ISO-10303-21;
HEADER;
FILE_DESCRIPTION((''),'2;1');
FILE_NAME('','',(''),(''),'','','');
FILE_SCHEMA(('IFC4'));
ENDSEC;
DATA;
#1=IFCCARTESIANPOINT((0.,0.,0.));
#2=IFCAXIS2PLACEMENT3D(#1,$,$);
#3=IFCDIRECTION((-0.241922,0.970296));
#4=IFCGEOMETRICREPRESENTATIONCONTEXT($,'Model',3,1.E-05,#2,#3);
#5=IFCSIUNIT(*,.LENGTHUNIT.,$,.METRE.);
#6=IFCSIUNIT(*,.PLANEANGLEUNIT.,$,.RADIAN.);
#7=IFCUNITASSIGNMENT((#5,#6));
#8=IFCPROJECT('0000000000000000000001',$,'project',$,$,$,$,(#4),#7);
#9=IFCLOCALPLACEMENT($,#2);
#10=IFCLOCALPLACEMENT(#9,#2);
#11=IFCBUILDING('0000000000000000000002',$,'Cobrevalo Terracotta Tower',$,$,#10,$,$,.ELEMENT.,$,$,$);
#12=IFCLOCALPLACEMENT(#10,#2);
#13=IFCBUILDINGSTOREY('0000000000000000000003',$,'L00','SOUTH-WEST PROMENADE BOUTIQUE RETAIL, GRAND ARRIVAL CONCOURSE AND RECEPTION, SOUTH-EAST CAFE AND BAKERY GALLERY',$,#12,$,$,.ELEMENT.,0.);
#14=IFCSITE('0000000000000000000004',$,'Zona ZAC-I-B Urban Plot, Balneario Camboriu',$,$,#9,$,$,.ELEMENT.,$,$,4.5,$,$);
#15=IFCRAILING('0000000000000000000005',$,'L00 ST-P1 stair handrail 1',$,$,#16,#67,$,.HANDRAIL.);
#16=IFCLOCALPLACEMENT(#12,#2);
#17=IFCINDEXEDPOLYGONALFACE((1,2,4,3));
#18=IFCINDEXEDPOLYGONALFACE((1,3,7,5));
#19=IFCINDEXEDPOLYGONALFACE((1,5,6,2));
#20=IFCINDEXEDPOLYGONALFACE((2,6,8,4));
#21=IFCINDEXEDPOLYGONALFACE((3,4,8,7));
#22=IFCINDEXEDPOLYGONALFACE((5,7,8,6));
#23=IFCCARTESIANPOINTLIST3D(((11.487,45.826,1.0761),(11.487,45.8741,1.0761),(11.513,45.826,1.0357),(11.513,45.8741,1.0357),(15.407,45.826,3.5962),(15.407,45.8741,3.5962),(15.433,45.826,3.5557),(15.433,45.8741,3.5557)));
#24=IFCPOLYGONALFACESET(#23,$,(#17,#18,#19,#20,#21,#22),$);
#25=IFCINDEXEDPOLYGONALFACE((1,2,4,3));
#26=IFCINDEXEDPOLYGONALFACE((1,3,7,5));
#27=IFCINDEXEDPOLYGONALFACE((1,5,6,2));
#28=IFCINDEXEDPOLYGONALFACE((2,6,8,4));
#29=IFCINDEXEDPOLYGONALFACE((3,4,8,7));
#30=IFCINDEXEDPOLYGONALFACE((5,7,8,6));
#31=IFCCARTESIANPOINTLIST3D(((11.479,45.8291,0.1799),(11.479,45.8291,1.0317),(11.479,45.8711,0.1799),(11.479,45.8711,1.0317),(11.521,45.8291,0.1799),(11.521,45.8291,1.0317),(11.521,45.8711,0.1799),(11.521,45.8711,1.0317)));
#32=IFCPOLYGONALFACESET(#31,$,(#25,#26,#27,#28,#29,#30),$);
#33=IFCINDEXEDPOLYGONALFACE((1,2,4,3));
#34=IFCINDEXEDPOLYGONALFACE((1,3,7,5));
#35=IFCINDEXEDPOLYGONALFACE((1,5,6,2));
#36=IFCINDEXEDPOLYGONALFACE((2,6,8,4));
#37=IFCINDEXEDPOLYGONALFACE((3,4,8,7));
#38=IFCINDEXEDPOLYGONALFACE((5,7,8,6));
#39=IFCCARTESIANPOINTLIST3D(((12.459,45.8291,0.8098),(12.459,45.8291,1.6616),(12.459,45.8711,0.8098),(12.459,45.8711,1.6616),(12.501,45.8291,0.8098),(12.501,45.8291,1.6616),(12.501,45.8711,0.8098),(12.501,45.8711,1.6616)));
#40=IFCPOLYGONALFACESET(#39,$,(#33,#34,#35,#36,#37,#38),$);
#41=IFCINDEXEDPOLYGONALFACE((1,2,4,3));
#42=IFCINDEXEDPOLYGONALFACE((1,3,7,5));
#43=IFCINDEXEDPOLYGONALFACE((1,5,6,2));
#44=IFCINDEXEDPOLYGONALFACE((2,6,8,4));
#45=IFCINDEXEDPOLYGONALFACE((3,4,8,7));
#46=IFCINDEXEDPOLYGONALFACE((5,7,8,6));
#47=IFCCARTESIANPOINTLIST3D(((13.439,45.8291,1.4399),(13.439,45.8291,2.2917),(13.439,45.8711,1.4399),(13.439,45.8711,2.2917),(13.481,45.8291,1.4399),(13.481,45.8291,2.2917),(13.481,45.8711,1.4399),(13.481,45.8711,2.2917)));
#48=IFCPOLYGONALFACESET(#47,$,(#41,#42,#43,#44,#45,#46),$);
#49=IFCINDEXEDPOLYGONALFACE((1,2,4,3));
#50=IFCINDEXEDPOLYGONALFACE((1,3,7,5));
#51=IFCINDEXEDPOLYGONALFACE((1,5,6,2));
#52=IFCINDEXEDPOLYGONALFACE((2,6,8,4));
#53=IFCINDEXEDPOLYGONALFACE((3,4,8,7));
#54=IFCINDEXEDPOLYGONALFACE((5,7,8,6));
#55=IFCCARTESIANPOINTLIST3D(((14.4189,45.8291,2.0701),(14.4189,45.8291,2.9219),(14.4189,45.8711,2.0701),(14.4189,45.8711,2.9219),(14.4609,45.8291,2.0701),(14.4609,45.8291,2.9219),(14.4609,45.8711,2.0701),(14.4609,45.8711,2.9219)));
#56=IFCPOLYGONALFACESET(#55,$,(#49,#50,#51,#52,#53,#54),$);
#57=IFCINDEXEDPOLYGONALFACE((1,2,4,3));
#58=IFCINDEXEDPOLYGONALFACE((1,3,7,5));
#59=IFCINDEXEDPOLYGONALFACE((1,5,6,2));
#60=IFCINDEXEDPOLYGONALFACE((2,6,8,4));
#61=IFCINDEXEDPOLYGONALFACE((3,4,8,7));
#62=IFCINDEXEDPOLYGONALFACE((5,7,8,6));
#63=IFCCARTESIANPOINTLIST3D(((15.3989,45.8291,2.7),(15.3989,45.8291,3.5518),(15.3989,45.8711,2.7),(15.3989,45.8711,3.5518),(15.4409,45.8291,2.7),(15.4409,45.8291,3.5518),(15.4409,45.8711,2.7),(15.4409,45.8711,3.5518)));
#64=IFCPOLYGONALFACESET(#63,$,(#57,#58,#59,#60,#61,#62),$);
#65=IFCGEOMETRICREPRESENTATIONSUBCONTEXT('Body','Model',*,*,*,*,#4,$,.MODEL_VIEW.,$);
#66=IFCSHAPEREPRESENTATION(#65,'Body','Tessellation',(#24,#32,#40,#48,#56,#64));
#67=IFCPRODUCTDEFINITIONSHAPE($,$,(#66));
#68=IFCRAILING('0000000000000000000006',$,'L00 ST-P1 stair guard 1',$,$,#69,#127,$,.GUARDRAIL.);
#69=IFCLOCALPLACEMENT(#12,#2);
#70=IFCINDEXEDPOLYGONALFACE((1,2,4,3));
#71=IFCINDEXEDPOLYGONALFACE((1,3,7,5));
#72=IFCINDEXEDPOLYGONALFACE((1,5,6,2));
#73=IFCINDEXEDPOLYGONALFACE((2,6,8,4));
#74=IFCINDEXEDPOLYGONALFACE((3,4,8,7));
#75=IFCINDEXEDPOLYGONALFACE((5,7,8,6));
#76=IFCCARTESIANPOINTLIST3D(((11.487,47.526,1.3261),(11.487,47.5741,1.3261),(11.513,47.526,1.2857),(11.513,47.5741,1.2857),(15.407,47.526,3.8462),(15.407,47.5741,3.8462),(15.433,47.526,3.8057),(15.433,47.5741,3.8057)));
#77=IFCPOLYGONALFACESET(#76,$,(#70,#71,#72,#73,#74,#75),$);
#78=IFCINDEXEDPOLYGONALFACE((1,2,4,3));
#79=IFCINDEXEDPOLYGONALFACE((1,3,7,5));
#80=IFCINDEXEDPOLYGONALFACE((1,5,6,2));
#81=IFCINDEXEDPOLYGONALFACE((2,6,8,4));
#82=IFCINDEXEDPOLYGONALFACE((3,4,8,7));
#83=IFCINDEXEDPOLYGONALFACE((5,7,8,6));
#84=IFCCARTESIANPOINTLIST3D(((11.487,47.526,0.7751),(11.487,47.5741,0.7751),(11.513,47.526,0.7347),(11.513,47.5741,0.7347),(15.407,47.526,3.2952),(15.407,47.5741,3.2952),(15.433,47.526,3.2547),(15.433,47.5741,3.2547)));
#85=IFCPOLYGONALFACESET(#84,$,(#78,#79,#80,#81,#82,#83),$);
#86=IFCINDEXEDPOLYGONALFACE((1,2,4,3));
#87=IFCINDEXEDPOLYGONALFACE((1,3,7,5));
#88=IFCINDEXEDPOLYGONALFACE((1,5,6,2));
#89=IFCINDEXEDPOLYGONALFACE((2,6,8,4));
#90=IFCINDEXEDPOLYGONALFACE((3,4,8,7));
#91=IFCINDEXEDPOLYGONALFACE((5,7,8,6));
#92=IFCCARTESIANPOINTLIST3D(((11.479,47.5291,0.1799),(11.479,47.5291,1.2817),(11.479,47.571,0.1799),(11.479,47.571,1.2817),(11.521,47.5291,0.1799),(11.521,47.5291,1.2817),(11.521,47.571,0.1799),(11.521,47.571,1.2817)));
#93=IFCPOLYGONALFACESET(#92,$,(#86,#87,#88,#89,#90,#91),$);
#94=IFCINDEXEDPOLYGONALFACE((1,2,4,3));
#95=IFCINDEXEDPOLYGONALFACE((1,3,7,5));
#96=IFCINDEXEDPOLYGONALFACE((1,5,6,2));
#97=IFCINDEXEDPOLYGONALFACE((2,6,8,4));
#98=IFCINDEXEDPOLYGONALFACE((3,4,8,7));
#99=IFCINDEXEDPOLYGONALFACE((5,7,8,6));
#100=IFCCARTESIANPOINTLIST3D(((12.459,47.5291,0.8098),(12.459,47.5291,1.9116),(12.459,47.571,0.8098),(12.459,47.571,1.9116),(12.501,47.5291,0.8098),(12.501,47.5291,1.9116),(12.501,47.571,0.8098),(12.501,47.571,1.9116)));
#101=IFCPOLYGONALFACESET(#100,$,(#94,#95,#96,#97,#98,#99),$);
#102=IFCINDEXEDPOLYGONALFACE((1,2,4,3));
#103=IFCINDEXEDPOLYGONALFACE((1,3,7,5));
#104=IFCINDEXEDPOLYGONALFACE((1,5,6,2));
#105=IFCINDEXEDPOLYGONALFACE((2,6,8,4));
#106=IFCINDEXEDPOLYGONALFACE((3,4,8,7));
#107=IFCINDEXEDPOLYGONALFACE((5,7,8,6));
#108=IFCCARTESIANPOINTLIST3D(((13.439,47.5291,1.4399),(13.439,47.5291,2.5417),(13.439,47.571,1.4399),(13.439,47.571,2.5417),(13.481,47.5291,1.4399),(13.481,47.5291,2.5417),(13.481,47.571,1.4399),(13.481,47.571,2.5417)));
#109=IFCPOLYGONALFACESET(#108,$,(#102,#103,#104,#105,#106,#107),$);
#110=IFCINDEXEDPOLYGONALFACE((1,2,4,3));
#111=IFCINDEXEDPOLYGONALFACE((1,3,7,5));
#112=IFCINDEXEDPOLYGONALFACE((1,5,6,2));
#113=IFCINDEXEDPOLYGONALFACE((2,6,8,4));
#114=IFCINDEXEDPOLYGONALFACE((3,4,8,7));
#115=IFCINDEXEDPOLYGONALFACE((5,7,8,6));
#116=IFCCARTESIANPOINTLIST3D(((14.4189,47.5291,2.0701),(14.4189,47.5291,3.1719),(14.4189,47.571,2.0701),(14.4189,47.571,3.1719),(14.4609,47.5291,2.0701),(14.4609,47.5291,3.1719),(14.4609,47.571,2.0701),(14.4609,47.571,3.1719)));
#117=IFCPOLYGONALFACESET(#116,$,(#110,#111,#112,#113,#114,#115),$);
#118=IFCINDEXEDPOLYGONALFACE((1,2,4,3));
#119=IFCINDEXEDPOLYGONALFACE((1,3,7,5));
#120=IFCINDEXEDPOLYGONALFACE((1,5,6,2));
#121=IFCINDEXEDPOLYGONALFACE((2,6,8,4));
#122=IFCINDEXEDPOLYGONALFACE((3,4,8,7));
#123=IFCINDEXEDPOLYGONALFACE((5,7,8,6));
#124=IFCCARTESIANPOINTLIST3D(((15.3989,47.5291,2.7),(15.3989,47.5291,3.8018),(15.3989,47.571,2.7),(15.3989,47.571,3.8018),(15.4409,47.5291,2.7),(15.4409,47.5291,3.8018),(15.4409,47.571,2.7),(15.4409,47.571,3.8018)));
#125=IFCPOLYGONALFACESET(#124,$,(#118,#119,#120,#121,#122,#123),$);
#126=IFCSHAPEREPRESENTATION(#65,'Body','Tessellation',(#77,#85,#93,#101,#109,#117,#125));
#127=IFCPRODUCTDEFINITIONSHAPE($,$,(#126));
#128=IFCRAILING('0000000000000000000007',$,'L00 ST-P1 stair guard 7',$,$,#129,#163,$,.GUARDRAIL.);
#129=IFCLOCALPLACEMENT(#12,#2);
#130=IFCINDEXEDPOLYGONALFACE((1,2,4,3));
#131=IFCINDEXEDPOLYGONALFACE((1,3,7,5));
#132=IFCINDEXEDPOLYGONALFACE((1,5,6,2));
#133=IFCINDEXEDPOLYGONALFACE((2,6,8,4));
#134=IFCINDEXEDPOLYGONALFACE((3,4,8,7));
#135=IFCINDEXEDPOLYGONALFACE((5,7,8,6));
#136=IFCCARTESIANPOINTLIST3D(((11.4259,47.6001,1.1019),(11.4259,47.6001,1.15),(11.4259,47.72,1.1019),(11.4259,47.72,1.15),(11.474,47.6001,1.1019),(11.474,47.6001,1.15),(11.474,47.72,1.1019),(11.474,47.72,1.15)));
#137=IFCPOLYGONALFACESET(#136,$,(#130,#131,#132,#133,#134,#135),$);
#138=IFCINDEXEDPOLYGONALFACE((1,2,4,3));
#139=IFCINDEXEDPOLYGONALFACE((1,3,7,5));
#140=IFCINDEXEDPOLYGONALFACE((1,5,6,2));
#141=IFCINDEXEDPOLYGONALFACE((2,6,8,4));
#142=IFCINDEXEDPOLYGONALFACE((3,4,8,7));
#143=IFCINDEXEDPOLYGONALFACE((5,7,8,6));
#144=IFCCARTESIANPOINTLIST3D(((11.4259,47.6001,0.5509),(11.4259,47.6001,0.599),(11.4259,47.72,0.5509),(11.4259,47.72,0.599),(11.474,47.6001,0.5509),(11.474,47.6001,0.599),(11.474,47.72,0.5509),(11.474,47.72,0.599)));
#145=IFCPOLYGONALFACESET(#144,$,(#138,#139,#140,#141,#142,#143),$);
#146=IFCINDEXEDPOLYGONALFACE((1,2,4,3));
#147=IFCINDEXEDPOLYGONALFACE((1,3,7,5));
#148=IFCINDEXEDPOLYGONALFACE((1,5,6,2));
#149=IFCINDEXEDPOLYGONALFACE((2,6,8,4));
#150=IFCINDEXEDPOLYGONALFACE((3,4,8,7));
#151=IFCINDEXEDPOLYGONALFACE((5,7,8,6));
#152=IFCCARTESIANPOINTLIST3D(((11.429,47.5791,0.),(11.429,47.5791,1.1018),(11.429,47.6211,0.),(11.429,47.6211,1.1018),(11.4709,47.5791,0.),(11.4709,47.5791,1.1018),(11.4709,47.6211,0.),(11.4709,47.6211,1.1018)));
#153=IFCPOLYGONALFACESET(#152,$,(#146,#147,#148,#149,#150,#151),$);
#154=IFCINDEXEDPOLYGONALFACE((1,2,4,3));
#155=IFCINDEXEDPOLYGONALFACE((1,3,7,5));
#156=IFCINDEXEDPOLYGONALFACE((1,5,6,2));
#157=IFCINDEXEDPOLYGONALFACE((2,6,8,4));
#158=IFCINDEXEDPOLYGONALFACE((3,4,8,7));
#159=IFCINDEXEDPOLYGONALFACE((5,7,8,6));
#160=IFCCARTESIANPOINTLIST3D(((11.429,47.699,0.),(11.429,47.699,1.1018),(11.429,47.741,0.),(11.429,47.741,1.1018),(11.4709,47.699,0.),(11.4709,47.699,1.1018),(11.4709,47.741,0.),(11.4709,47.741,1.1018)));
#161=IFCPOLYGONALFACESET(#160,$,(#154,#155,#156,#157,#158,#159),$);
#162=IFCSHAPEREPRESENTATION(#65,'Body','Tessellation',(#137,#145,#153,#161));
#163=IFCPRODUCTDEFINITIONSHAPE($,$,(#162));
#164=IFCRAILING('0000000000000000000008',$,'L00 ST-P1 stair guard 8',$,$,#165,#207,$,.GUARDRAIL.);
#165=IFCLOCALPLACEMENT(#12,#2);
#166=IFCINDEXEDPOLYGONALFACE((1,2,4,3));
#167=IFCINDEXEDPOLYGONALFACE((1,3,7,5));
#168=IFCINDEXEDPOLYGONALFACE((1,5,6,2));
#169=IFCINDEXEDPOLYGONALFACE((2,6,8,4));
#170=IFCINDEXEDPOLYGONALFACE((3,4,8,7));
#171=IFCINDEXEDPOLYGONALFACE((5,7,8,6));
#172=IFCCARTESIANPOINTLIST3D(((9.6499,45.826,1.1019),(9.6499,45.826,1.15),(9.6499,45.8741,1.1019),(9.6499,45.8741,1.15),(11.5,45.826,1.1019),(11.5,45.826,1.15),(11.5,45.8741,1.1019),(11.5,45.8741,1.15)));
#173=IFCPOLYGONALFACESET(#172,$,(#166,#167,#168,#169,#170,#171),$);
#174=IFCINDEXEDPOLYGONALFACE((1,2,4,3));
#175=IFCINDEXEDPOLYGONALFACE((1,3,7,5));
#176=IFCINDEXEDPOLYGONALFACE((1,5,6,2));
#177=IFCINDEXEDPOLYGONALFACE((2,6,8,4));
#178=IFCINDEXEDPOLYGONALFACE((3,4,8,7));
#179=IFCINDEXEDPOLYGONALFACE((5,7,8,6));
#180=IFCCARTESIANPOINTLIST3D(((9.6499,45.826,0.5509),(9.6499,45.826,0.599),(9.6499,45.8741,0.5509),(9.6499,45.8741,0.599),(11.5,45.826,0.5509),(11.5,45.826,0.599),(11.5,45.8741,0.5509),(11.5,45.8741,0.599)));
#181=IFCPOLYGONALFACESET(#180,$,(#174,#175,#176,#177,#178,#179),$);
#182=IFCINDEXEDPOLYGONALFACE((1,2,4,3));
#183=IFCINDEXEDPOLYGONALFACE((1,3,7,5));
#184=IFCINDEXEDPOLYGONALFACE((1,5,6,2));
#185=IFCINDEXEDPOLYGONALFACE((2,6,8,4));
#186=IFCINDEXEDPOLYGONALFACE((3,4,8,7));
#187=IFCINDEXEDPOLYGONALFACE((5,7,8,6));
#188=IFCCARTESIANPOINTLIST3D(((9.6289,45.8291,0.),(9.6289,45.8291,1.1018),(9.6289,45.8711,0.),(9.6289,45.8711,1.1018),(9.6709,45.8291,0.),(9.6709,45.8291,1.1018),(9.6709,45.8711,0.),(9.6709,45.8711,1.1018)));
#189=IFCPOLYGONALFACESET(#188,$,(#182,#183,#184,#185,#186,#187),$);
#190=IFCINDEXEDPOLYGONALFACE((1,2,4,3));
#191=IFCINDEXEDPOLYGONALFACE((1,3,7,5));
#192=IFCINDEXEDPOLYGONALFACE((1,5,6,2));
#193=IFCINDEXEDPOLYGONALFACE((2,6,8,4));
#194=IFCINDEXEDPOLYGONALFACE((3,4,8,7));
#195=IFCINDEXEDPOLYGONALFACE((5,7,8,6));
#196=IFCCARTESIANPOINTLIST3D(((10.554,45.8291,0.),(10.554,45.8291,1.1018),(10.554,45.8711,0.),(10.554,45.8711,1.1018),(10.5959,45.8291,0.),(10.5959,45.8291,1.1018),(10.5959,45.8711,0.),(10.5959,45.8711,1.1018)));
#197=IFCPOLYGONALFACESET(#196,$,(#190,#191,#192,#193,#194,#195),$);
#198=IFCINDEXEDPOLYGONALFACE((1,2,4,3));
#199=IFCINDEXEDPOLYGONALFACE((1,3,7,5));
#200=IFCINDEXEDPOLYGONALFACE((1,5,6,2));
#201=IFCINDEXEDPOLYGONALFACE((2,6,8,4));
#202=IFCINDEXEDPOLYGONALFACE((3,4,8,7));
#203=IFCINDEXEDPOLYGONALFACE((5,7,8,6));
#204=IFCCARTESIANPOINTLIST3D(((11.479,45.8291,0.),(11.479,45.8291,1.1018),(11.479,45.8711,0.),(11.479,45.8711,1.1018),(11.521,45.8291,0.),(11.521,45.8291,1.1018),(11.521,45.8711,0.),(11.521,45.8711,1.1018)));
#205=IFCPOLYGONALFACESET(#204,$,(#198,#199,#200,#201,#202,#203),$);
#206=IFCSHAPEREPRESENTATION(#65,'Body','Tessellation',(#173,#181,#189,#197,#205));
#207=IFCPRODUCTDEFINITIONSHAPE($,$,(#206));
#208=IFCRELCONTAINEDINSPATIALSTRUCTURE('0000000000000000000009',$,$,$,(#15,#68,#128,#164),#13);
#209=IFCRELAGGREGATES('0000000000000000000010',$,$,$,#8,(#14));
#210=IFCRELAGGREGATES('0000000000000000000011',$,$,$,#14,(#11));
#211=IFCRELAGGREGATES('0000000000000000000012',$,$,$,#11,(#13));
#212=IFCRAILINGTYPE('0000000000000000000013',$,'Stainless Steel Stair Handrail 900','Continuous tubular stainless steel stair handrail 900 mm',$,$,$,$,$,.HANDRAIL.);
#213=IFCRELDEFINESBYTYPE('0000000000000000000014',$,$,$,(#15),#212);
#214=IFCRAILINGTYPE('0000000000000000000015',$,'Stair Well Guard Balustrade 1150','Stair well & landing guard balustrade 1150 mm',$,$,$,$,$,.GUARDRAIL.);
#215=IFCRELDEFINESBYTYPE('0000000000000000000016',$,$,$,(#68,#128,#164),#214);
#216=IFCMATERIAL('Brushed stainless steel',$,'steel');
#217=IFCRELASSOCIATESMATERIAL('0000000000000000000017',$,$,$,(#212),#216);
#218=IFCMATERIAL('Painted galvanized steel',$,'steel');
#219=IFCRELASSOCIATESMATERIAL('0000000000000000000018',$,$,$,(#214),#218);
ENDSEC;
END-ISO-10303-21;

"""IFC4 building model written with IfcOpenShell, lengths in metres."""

from ifc_helpers import new_model, si_unit, direction, frame, origin, origin_2d, place, context, subcontext, project, spatial, rectangle, extrude, material, type_object, element, save


model = new_model("IFC4")

# Units and contexts
model_context = context("Model", 3, precision=1e-05, world=origin(), true_north=direction((-0.241922, 0.970296)))
body_context = subcontext(model_context, "Body", "Model", "MODEL_VIEW")
ifc_project = project(units=[si_unit("LENGTHUNIT", "METRE"), si_unit("PLANEANGLEUNIT", "RADIAN")], contexts=[model_context])

# Site, building, storey
site_placement = place(None, origin())
site = spatial("IfcSite", under=ifc_project, at=site_placement, Name="Zona ZAC-I-B Urban Plot, Balneario Camboriu", CompositionType="ELEMENT", RefElevation=4.5)
building_placement = place(site_placement, origin())
building = spatial("IfcBuilding", under=site, at=building_placement, Name="Cobrevalo Terracotta Tower", CompositionType="ELEMENT")
storey_placement = place(building_placement, origin())
storey = spatial("IfcBuildingStorey", under=building, at=storey_placement, Name="L00", Description="SOUTH-WEST PROMENADE BOUTIQUE RETAIL, GRAND ARRIVAL CONCOURSE AND RECEPTION, SOUTH-EAST CAFE AND BAKERY GALLERY", CompositionType="ELEMENT", Elevation=0.0)

# Railings
ifc_material_1 = material(Name="Brushed stainless steel", Category="steel")
railing_type_1 = type_object("IfcRailingType", Name="Stainless Steel Stair Handrail 900", Description="Continuous tubular stainless steel stair handrail 900 mm", PredefinedType="HANDRAIL", material=ifc_material_1)
railing_1_placement = place(storey_placement, frame((11.5, 45.8501, 0.1799)))
element("IfcRailing", 1, at=railing_1_placement, inside=storey, type_object=railing_type_1, Name="L00 ST-P1 stair handrail 1", PredefinedType="HANDRAIL", context=body_context, shape_type="SweptSolid", body=[
    extrude(rectangle(XDim=0.0481, YDim=0.0481, at=origin_2d()), frame((0.0, 0.0, 0.876), z_axis=(0.841172, 0.0, 0.540768), x_axis=(0.0, 1.0, 0.0)), (0.0, 0.0, 1.0), 4.6602),
    extrude(rectangle(XDim=0.042, YDim=0.042, at=origin_2d()), origin(), (0.0, 0.0, 1.0), 0.8518),
    extrude(rectangle(XDim=0.042, YDim=0.042, at=origin_2d()), frame((0.98, 0.0, 0.6299)), (0.0, 0.0, 1.0), 0.8518),
    extrude(rectangle(XDim=0.042, YDim=0.042, at=origin_2d()), frame((1.96, 0.0, 1.26)), (0.0, 0.0, 1.0), 0.8518),
    extrude(rectangle(XDim=0.042, YDim=0.042, at=origin_2d()), frame((2.9399, 0.0, 1.8901)), (0.0, 0.0, 1.0), 0.8518),
    extrude(rectangle(XDim=0.042, YDim=0.042, at=origin_2d()), frame((3.9199, 0.0, 2.52)), (0.0, 0.0, 1.0), 0.8518),
])
ifc_material_2 = material(Name="Painted galvanized steel", Category="steel")
railing_type_2 = type_object("IfcRailingType", Name="Stair Well Guard Balustrade 1150", Description="Stair well & landing guard balustrade 1150 mm", PredefinedType="GUARDRAIL", material=ifc_material_2)
railing_2_placement = place(storey_placement, frame((11.5, 47.55, 0.1799)))
element("IfcRailing", 2, at=railing_2_placement, inside=storey, type_object=railing_type_2, Name="L00 ST-P1 stair guard 1", PredefinedType="GUARDRAIL", context=body_context, shape_type="SweptSolid", body=[
    extrude(rectangle(XDim=0.0481, YDim=0.0481, at=origin_2d()), frame((0.0, 0.0, 1.126), z_axis=(0.841172, 0.0, 0.540768), x_axis=(0.0, 1.0, 0.0)), (0.0, 0.0, 1.0), 4.6602),
    extrude(rectangle(XDim=0.0481, YDim=0.0481, at=origin_2d()), frame((0.0, 0.0, 0.575), z_axis=(0.841172, 0.0, 0.540768), x_axis=(0.0, 1.0, 0.0)), (0.0, 0.0, 1.0), 4.6602),
    extrude(rectangle(XDim=0.042, YDim=0.042, at=origin_2d()), origin(), (0.0, 0.0, 1.0), 1.1018),
    extrude(rectangle(XDim=0.042, YDim=0.042, at=origin_2d()), frame((0.98, 0.0, 0.6299)), (0.0, 0.0, 1.0), 1.1018),
    extrude(rectangle(XDim=0.042, YDim=0.042, at=origin_2d()), frame((1.96, 0.0, 1.26)), (0.0, 0.0, 1.0), 1.1018),
    extrude(rectangle(XDim=0.042, YDim=0.042, at=origin_2d()), frame((2.9399, 0.0, 1.8901)), (0.0, 0.0, 1.0), 1.1018),
    extrude(rectangle(XDim=0.042, YDim=0.042, at=origin_2d()), frame((3.9199, 0.0, 2.52)), (0.0, 0.0, 1.0), 1.1018),
])
railing_3_placement = place(storey_placement, frame((11.45, 47.6001, 0.0)))
element("IfcRailing", 3, at=railing_3_placement, inside=storey, type_object=railing_type_2, Name="L00 ST-P1 stair guard 7", PredefinedType="GUARDRAIL", context=body_context, shape_type="SweptSolid", body=[
    extrude(rectangle(XDim=0.0481, YDim=0.0481, at=origin_2d()), frame((0.0, 0.0, 1.126), z_axis=(0.0, 1.0, 0.0), x_axis=(-1.0, 0.0, 0.0)), (0.0, 0.0, 1.0), 0.1199),
    extrude(rectangle(XDim=0.0481, YDim=0.0481, at=origin_2d()), frame((0.0, 0.0, 0.575), z_axis=(0.0, 1.0, 0.0), x_axis=(-1.0, 0.0, 0.0)), (0.0, 0.0, 1.0), 0.1199),
    extrude(rectangle(XDim=0.042, YDim=0.042, at=origin_2d()), origin(), (0.0, 0.0, 1.0), 1.1018),
    extrude(rectangle(XDim=0.042, YDim=0.042, at=origin_2d()), frame((0.0, 0.1199, 0.0)), (0.0, 0.0, 1.0), 1.1018),
])
for number, where, name in (
    (4, (9.6499, 45.8501, 0.0), "L00 ST-P1 stair guard 8"),
):
    element("IfcRailing", number, at=place(storey_placement, frame(where)), inside=storey, type_object=railing_type_2, Name=name, PredefinedType="GUARDRAIL", context=body_context, shape_type="SweptSolid", body=[
        extrude(rectangle(XDim=0.0481, YDim=0.0481, at=origin_2d()), frame((0.0, 0.0, 1.126), z_axis=(1.0, 0.0, 0.0), x_axis=(0.0, 1.0, 0.0)), (0.0, 0.0, 1.0), 1.8501),
        extrude(rectangle(XDim=0.0481, YDim=0.0481, at=origin_2d()), frame((0.0, 0.0, 0.575), z_axis=(1.0, 0.0, 0.0), x_axis=(0.0, 1.0, 0.0)), (0.0, 0.0, 1.0), 1.8501),
        extrude(rectangle(XDim=0.042, YDim=0.042, at=origin_2d()), origin(), (0.0, 0.0, 1.0), 1.1018),
        extrude(rectangle(XDim=0.042, YDim=0.042, at=origin_2d()), frame((0.925, 0.0, 0.0)), (0.0, 0.0, 1.0), 1.1018),
        extrude(rectangle(XDim=0.042, YDim=0.042, at=origin_2d()), frame((1.8501, 0.0, 0.0)), (0.0, 0.0, 1.0), 1.1018),
    ])

save(model, "model.ifc")
